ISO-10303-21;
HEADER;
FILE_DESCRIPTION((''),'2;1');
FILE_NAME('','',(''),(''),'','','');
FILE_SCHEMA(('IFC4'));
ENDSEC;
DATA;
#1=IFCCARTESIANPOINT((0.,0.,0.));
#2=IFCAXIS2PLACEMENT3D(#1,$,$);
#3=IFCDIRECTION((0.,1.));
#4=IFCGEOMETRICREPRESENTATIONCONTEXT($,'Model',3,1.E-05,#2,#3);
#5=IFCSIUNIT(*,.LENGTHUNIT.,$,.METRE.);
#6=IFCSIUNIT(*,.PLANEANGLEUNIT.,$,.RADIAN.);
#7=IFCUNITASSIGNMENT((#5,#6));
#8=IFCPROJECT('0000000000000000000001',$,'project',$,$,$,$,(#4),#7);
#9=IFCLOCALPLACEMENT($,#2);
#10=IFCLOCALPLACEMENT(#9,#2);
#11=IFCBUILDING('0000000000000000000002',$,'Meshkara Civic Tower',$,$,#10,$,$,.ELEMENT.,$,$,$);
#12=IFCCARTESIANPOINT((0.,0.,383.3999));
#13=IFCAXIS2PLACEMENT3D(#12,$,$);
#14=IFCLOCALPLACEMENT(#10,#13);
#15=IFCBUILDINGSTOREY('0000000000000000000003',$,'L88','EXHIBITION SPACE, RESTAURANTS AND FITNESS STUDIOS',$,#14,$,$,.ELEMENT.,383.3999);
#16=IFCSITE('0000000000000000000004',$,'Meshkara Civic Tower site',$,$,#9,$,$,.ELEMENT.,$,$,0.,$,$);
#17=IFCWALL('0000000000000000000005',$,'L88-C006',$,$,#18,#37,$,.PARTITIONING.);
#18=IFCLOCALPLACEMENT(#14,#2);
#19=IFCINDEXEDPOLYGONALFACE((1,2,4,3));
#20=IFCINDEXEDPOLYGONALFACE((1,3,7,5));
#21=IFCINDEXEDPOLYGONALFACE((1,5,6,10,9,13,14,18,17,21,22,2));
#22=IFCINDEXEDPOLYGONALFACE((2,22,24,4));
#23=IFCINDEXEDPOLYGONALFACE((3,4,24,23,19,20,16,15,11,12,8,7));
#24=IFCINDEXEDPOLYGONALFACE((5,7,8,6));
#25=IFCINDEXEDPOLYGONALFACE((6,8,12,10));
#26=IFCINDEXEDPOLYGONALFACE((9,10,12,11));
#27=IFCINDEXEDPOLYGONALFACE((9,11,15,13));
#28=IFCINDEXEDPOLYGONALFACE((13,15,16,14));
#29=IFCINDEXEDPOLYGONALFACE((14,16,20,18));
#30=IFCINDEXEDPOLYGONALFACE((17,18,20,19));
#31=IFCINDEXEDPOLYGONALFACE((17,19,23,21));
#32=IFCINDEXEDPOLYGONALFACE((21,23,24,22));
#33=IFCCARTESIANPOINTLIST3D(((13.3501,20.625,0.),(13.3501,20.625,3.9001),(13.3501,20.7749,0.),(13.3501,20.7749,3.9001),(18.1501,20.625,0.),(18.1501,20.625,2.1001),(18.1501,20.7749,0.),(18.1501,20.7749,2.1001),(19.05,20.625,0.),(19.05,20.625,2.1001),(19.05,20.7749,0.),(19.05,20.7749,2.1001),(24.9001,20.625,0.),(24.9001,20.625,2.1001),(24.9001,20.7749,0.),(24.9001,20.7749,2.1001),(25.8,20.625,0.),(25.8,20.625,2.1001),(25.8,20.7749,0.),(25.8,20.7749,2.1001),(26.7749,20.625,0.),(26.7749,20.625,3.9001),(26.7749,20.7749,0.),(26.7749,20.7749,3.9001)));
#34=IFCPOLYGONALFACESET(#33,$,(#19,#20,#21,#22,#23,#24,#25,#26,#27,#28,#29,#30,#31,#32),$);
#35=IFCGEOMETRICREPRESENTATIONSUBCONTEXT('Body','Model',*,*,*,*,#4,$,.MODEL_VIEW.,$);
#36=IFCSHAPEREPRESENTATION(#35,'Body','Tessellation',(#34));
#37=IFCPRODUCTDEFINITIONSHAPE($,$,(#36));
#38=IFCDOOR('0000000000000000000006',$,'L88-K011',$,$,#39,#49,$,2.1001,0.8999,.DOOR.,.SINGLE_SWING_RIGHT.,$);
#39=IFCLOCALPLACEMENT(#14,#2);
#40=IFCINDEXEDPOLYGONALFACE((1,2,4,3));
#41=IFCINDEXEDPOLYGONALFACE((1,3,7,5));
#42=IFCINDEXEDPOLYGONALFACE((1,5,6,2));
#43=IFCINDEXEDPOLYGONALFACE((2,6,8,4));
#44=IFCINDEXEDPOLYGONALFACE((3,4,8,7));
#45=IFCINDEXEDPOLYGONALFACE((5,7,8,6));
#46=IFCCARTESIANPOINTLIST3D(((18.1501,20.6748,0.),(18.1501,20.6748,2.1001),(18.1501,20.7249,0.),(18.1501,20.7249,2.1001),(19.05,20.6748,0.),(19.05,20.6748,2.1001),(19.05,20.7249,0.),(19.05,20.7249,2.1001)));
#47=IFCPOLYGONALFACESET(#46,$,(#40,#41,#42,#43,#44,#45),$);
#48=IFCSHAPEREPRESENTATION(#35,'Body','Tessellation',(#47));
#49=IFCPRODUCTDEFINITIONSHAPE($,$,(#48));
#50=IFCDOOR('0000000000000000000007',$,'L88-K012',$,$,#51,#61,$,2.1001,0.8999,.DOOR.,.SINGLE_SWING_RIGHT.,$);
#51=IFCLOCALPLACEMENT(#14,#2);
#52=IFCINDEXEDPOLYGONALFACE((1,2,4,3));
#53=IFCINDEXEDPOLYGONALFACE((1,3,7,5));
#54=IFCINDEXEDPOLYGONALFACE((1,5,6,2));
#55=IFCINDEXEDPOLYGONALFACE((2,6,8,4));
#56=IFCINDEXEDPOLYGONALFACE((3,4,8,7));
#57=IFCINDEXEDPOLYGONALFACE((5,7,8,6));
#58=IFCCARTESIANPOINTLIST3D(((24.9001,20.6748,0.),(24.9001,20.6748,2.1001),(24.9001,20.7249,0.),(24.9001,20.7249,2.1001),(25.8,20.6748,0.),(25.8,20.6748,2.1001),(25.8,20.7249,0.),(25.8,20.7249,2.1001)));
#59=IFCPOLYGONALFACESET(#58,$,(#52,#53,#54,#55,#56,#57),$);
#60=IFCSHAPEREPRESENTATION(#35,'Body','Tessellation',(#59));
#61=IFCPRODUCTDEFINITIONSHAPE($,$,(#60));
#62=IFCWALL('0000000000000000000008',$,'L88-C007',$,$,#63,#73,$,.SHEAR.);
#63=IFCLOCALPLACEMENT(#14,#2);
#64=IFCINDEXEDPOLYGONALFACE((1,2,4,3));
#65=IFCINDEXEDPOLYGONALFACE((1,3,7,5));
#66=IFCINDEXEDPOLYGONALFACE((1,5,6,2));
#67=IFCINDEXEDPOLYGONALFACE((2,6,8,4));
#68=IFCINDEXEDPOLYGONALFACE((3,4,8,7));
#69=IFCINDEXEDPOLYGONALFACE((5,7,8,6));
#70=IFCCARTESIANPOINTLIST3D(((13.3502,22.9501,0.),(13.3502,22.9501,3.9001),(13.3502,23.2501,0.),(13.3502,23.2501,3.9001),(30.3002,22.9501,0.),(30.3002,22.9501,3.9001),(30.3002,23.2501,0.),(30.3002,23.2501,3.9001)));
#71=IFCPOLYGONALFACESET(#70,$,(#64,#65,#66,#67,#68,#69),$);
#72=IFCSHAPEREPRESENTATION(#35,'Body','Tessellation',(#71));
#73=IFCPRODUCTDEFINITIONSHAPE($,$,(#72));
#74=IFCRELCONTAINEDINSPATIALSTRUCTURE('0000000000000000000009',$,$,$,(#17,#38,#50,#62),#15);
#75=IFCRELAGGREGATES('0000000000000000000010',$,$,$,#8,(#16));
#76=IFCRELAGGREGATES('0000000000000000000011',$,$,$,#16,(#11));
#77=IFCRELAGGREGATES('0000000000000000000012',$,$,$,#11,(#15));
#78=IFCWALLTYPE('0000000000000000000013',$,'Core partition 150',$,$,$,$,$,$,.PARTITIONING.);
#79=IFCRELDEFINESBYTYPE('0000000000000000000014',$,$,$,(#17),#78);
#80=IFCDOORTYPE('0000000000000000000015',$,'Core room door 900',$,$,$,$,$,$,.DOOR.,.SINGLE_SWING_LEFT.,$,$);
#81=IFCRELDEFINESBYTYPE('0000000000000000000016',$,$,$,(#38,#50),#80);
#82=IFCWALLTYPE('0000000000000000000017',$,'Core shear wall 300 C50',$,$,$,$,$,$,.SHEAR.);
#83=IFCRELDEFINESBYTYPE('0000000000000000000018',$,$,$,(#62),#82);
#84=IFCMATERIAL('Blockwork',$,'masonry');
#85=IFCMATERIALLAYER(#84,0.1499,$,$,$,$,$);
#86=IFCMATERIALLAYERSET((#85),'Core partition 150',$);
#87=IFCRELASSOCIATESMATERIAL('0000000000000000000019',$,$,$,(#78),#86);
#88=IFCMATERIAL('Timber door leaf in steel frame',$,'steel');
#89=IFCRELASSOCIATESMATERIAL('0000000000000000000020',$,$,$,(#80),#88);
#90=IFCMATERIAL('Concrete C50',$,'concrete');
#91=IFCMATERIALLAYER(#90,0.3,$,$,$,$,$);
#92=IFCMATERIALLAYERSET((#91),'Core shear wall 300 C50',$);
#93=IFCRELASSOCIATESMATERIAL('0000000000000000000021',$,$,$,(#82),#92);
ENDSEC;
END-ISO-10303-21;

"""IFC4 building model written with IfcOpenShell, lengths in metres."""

from ifc_helpers import new_model, si_unit, direction, frame, frame_2d, origin, place, context, subcontext, project, spatial, rectangle, extrude, material, layer, layer_set, type_object, element, fill, save


model = new_model("IFC4")

# Units and contexts
model_context = context("Model", 3, precision=1e-05, world=origin(), true_north=direction((0.0, 1.0)))
body_context = subcontext(model_context, "Body", "Model", "MODEL_VIEW")
ifc_project = project(units=[si_unit("LENGTHUNIT", "METRE"), si_unit("PLANEANGLEUNIT", "RADIAN")], contexts=[model_context])

# Site, building, storey
site_placement = place(None, origin())
site = spatial("IfcSite", under=ifc_project, at=site_placement, Name="Meshkara Civic Tower site", CompositionType="ELEMENT", RefElevation=0.0)
building_placement = place(site_placement, origin())
building = spatial("IfcBuilding", under=site, at=building_placement, Name="Meshkara Civic Tower", CompositionType="ELEMENT")
storey_placement = place(building_placement, frame((0.0, 0.0, 383.3999)))
storey = spatial("IfcBuildingStorey", under=building, at=storey_placement, Name="L88", Description="EXHIBITION SPACE, RESTAURANTS AND FITNESS STUDIOS", CompositionType="ELEMENT", Elevation=383.3999)

# Wall, openings, doors
ifc_material_1 = material(Name="Blockwork", Category="masonry")
ifc_layer_1 = layer(ifc_material_1, 0.1499)
ifc_layer_set_1 = layer_set([ifc_layer_1], Name="Core partition 150")
wall_type_1 = type_object("IfcWallType", Name="Core partition 150", PredefinedType="PARTITIONING", material=ifc_layer_set_1)
wall_1_placement = place(storey_placement, frame((13.3501, 20.7, 0.0), z_axis=(0.0, 0.0, 1.0), x_axis=(1.0, 0.0, 0.0)))
wall_1 = element("IfcWall", 1, at=wall_1_placement, inside=storey, type_object=wall_type_1, Name="L88-C006", PredefinedType="PARTITIONING", context=body_context, shape_type="SweptSolid", body=[
    extrude(rectangle(XDim=13.4248, YDim=0.1499, at=frame_2d((6.7124, 0.0))), origin(), (0.0, 0.0, 1.0), 3.9001),
])
opening_1_placement = place(wall_1_placement, frame((4.8, 0.0, 0.0)))
opening_1 = element("IfcOpeningElement", 2, at=opening_1_placement, cuts=wall_1, PredefinedType="OPENING", context=body_context, shape_type="SweptSolid", body=[
    extrude(rectangle(XDim=0.8999, YDim=2.1001, at=frame_2d((0.45, 1.05))), frame((0.0, 0.085, 0.0), z_axis=(0.0, -1.0, 0.0), x_axis=(1.0, 0.0, 0.0)), (0.0, 0.0, 1.0), 0.1699),
])
opening_2_placement = place(wall_1_placement, frame((11.55, 0.0, 0.0)))
opening_2 = element("IfcOpeningElement", 3, at=opening_2_placement, cuts=wall_1, PredefinedType="OPENING", context=body_context, shape_type="SweptSolid", body=[
    extrude(rectangle(XDim=0.8999, YDim=2.1001, at=frame_2d((0.45, 1.05))), frame((0.0, 0.085, 0.0), z_axis=(0.0, -1.0, 0.0), x_axis=(1.0, 0.0, 0.0)), (0.0, 0.0, 1.0), 0.1699),
])
ifc_material_2 = material(Name="Timber door leaf in steel frame", Category="steel")
door_type_1 = type_object("IfcDoorType", Name="Core room door 900", OperationType="SINGLE_SWING_LEFT", PredefinedType="DOOR", material=ifc_material_2)
door_1_placement = place(opening_1_placement, origin())
door_1 = element("IfcDoor", 4, at=door_1_placement, inside=storey, type_object=door_type_1, Name="L88-K011", OperationType="SINGLE_SWING_RIGHT", OverallHeight=2.1001, OverallWidth=0.8999, PredefinedType="DOOR", context=body_context, shape_type="SweptSolid", body=[
    extrude(rectangle(XDim=0.8999, YDim=2.1001, at=frame_2d((0.45, 1.05))), frame((0.0, 0.0249, 0.0), z_axis=(0.0, -1.0, 0.0), x_axis=(1.0, 0.0, 0.0)), (0.0, 0.0, 1.0), 0.05),
])
fill(opening_1, door_1)
door_2_placement = place(opening_2_placement, origin())
door_2 = element("IfcDoor", 5, at=door_2_placement, inside=storey, type_object=door_type_1, Name="L88-K012", OperationType="SINGLE_SWING_RIGHT", OverallHeight=2.1001, OverallWidth=0.8999, PredefinedType="DOOR", context=body_context, shape_type="SweptSolid", body=[
    extrude(rectangle(XDim=0.8999, YDim=2.1001, at=frame_2d((0.45, 1.05))), frame((0.0, 0.0249, 0.0), z_axis=(0.0, -1.0, 0.0), x_axis=(1.0, 0.0, 0.0)), (0.0, 0.0, 1.0), 0.05),
])
fill(opening_2, door_2)

# Wall
ifc_material_3 = material(Name="Concrete C50", Category="concrete")
ifc_layer_2 = layer(ifc_material_3, 0.3)
ifc_layer_set_2 = layer_set([ifc_layer_2], Name="Core shear wall 300 C50")
wall_type_2 = type_object("IfcWallType", Name="Core shear wall 300 C50", PredefinedType="SHEAR", material=ifc_layer_set_2)
wall_2_placement = place(storey_placement, frame((13.3501, 23.1001, 0.0), z_axis=(0.0, 0.0, 1.0), x_axis=(1.0, 0.0, 0.0)))
element("IfcWall", 6, at=wall_2_placement, inside=storey, type_object=wall_type_2, Name="L88-C007", PredefinedType="SHEAR", context=body_context, shape_type="SweptSolid", body=[
    extrude(rectangle(XDim=16.95, YDim=0.3, at=frame_2d((8.4751, 0.0))), origin(), (0.0, 0.0, 1.0), 3.9001),
])

save(model, "model.ifc")
